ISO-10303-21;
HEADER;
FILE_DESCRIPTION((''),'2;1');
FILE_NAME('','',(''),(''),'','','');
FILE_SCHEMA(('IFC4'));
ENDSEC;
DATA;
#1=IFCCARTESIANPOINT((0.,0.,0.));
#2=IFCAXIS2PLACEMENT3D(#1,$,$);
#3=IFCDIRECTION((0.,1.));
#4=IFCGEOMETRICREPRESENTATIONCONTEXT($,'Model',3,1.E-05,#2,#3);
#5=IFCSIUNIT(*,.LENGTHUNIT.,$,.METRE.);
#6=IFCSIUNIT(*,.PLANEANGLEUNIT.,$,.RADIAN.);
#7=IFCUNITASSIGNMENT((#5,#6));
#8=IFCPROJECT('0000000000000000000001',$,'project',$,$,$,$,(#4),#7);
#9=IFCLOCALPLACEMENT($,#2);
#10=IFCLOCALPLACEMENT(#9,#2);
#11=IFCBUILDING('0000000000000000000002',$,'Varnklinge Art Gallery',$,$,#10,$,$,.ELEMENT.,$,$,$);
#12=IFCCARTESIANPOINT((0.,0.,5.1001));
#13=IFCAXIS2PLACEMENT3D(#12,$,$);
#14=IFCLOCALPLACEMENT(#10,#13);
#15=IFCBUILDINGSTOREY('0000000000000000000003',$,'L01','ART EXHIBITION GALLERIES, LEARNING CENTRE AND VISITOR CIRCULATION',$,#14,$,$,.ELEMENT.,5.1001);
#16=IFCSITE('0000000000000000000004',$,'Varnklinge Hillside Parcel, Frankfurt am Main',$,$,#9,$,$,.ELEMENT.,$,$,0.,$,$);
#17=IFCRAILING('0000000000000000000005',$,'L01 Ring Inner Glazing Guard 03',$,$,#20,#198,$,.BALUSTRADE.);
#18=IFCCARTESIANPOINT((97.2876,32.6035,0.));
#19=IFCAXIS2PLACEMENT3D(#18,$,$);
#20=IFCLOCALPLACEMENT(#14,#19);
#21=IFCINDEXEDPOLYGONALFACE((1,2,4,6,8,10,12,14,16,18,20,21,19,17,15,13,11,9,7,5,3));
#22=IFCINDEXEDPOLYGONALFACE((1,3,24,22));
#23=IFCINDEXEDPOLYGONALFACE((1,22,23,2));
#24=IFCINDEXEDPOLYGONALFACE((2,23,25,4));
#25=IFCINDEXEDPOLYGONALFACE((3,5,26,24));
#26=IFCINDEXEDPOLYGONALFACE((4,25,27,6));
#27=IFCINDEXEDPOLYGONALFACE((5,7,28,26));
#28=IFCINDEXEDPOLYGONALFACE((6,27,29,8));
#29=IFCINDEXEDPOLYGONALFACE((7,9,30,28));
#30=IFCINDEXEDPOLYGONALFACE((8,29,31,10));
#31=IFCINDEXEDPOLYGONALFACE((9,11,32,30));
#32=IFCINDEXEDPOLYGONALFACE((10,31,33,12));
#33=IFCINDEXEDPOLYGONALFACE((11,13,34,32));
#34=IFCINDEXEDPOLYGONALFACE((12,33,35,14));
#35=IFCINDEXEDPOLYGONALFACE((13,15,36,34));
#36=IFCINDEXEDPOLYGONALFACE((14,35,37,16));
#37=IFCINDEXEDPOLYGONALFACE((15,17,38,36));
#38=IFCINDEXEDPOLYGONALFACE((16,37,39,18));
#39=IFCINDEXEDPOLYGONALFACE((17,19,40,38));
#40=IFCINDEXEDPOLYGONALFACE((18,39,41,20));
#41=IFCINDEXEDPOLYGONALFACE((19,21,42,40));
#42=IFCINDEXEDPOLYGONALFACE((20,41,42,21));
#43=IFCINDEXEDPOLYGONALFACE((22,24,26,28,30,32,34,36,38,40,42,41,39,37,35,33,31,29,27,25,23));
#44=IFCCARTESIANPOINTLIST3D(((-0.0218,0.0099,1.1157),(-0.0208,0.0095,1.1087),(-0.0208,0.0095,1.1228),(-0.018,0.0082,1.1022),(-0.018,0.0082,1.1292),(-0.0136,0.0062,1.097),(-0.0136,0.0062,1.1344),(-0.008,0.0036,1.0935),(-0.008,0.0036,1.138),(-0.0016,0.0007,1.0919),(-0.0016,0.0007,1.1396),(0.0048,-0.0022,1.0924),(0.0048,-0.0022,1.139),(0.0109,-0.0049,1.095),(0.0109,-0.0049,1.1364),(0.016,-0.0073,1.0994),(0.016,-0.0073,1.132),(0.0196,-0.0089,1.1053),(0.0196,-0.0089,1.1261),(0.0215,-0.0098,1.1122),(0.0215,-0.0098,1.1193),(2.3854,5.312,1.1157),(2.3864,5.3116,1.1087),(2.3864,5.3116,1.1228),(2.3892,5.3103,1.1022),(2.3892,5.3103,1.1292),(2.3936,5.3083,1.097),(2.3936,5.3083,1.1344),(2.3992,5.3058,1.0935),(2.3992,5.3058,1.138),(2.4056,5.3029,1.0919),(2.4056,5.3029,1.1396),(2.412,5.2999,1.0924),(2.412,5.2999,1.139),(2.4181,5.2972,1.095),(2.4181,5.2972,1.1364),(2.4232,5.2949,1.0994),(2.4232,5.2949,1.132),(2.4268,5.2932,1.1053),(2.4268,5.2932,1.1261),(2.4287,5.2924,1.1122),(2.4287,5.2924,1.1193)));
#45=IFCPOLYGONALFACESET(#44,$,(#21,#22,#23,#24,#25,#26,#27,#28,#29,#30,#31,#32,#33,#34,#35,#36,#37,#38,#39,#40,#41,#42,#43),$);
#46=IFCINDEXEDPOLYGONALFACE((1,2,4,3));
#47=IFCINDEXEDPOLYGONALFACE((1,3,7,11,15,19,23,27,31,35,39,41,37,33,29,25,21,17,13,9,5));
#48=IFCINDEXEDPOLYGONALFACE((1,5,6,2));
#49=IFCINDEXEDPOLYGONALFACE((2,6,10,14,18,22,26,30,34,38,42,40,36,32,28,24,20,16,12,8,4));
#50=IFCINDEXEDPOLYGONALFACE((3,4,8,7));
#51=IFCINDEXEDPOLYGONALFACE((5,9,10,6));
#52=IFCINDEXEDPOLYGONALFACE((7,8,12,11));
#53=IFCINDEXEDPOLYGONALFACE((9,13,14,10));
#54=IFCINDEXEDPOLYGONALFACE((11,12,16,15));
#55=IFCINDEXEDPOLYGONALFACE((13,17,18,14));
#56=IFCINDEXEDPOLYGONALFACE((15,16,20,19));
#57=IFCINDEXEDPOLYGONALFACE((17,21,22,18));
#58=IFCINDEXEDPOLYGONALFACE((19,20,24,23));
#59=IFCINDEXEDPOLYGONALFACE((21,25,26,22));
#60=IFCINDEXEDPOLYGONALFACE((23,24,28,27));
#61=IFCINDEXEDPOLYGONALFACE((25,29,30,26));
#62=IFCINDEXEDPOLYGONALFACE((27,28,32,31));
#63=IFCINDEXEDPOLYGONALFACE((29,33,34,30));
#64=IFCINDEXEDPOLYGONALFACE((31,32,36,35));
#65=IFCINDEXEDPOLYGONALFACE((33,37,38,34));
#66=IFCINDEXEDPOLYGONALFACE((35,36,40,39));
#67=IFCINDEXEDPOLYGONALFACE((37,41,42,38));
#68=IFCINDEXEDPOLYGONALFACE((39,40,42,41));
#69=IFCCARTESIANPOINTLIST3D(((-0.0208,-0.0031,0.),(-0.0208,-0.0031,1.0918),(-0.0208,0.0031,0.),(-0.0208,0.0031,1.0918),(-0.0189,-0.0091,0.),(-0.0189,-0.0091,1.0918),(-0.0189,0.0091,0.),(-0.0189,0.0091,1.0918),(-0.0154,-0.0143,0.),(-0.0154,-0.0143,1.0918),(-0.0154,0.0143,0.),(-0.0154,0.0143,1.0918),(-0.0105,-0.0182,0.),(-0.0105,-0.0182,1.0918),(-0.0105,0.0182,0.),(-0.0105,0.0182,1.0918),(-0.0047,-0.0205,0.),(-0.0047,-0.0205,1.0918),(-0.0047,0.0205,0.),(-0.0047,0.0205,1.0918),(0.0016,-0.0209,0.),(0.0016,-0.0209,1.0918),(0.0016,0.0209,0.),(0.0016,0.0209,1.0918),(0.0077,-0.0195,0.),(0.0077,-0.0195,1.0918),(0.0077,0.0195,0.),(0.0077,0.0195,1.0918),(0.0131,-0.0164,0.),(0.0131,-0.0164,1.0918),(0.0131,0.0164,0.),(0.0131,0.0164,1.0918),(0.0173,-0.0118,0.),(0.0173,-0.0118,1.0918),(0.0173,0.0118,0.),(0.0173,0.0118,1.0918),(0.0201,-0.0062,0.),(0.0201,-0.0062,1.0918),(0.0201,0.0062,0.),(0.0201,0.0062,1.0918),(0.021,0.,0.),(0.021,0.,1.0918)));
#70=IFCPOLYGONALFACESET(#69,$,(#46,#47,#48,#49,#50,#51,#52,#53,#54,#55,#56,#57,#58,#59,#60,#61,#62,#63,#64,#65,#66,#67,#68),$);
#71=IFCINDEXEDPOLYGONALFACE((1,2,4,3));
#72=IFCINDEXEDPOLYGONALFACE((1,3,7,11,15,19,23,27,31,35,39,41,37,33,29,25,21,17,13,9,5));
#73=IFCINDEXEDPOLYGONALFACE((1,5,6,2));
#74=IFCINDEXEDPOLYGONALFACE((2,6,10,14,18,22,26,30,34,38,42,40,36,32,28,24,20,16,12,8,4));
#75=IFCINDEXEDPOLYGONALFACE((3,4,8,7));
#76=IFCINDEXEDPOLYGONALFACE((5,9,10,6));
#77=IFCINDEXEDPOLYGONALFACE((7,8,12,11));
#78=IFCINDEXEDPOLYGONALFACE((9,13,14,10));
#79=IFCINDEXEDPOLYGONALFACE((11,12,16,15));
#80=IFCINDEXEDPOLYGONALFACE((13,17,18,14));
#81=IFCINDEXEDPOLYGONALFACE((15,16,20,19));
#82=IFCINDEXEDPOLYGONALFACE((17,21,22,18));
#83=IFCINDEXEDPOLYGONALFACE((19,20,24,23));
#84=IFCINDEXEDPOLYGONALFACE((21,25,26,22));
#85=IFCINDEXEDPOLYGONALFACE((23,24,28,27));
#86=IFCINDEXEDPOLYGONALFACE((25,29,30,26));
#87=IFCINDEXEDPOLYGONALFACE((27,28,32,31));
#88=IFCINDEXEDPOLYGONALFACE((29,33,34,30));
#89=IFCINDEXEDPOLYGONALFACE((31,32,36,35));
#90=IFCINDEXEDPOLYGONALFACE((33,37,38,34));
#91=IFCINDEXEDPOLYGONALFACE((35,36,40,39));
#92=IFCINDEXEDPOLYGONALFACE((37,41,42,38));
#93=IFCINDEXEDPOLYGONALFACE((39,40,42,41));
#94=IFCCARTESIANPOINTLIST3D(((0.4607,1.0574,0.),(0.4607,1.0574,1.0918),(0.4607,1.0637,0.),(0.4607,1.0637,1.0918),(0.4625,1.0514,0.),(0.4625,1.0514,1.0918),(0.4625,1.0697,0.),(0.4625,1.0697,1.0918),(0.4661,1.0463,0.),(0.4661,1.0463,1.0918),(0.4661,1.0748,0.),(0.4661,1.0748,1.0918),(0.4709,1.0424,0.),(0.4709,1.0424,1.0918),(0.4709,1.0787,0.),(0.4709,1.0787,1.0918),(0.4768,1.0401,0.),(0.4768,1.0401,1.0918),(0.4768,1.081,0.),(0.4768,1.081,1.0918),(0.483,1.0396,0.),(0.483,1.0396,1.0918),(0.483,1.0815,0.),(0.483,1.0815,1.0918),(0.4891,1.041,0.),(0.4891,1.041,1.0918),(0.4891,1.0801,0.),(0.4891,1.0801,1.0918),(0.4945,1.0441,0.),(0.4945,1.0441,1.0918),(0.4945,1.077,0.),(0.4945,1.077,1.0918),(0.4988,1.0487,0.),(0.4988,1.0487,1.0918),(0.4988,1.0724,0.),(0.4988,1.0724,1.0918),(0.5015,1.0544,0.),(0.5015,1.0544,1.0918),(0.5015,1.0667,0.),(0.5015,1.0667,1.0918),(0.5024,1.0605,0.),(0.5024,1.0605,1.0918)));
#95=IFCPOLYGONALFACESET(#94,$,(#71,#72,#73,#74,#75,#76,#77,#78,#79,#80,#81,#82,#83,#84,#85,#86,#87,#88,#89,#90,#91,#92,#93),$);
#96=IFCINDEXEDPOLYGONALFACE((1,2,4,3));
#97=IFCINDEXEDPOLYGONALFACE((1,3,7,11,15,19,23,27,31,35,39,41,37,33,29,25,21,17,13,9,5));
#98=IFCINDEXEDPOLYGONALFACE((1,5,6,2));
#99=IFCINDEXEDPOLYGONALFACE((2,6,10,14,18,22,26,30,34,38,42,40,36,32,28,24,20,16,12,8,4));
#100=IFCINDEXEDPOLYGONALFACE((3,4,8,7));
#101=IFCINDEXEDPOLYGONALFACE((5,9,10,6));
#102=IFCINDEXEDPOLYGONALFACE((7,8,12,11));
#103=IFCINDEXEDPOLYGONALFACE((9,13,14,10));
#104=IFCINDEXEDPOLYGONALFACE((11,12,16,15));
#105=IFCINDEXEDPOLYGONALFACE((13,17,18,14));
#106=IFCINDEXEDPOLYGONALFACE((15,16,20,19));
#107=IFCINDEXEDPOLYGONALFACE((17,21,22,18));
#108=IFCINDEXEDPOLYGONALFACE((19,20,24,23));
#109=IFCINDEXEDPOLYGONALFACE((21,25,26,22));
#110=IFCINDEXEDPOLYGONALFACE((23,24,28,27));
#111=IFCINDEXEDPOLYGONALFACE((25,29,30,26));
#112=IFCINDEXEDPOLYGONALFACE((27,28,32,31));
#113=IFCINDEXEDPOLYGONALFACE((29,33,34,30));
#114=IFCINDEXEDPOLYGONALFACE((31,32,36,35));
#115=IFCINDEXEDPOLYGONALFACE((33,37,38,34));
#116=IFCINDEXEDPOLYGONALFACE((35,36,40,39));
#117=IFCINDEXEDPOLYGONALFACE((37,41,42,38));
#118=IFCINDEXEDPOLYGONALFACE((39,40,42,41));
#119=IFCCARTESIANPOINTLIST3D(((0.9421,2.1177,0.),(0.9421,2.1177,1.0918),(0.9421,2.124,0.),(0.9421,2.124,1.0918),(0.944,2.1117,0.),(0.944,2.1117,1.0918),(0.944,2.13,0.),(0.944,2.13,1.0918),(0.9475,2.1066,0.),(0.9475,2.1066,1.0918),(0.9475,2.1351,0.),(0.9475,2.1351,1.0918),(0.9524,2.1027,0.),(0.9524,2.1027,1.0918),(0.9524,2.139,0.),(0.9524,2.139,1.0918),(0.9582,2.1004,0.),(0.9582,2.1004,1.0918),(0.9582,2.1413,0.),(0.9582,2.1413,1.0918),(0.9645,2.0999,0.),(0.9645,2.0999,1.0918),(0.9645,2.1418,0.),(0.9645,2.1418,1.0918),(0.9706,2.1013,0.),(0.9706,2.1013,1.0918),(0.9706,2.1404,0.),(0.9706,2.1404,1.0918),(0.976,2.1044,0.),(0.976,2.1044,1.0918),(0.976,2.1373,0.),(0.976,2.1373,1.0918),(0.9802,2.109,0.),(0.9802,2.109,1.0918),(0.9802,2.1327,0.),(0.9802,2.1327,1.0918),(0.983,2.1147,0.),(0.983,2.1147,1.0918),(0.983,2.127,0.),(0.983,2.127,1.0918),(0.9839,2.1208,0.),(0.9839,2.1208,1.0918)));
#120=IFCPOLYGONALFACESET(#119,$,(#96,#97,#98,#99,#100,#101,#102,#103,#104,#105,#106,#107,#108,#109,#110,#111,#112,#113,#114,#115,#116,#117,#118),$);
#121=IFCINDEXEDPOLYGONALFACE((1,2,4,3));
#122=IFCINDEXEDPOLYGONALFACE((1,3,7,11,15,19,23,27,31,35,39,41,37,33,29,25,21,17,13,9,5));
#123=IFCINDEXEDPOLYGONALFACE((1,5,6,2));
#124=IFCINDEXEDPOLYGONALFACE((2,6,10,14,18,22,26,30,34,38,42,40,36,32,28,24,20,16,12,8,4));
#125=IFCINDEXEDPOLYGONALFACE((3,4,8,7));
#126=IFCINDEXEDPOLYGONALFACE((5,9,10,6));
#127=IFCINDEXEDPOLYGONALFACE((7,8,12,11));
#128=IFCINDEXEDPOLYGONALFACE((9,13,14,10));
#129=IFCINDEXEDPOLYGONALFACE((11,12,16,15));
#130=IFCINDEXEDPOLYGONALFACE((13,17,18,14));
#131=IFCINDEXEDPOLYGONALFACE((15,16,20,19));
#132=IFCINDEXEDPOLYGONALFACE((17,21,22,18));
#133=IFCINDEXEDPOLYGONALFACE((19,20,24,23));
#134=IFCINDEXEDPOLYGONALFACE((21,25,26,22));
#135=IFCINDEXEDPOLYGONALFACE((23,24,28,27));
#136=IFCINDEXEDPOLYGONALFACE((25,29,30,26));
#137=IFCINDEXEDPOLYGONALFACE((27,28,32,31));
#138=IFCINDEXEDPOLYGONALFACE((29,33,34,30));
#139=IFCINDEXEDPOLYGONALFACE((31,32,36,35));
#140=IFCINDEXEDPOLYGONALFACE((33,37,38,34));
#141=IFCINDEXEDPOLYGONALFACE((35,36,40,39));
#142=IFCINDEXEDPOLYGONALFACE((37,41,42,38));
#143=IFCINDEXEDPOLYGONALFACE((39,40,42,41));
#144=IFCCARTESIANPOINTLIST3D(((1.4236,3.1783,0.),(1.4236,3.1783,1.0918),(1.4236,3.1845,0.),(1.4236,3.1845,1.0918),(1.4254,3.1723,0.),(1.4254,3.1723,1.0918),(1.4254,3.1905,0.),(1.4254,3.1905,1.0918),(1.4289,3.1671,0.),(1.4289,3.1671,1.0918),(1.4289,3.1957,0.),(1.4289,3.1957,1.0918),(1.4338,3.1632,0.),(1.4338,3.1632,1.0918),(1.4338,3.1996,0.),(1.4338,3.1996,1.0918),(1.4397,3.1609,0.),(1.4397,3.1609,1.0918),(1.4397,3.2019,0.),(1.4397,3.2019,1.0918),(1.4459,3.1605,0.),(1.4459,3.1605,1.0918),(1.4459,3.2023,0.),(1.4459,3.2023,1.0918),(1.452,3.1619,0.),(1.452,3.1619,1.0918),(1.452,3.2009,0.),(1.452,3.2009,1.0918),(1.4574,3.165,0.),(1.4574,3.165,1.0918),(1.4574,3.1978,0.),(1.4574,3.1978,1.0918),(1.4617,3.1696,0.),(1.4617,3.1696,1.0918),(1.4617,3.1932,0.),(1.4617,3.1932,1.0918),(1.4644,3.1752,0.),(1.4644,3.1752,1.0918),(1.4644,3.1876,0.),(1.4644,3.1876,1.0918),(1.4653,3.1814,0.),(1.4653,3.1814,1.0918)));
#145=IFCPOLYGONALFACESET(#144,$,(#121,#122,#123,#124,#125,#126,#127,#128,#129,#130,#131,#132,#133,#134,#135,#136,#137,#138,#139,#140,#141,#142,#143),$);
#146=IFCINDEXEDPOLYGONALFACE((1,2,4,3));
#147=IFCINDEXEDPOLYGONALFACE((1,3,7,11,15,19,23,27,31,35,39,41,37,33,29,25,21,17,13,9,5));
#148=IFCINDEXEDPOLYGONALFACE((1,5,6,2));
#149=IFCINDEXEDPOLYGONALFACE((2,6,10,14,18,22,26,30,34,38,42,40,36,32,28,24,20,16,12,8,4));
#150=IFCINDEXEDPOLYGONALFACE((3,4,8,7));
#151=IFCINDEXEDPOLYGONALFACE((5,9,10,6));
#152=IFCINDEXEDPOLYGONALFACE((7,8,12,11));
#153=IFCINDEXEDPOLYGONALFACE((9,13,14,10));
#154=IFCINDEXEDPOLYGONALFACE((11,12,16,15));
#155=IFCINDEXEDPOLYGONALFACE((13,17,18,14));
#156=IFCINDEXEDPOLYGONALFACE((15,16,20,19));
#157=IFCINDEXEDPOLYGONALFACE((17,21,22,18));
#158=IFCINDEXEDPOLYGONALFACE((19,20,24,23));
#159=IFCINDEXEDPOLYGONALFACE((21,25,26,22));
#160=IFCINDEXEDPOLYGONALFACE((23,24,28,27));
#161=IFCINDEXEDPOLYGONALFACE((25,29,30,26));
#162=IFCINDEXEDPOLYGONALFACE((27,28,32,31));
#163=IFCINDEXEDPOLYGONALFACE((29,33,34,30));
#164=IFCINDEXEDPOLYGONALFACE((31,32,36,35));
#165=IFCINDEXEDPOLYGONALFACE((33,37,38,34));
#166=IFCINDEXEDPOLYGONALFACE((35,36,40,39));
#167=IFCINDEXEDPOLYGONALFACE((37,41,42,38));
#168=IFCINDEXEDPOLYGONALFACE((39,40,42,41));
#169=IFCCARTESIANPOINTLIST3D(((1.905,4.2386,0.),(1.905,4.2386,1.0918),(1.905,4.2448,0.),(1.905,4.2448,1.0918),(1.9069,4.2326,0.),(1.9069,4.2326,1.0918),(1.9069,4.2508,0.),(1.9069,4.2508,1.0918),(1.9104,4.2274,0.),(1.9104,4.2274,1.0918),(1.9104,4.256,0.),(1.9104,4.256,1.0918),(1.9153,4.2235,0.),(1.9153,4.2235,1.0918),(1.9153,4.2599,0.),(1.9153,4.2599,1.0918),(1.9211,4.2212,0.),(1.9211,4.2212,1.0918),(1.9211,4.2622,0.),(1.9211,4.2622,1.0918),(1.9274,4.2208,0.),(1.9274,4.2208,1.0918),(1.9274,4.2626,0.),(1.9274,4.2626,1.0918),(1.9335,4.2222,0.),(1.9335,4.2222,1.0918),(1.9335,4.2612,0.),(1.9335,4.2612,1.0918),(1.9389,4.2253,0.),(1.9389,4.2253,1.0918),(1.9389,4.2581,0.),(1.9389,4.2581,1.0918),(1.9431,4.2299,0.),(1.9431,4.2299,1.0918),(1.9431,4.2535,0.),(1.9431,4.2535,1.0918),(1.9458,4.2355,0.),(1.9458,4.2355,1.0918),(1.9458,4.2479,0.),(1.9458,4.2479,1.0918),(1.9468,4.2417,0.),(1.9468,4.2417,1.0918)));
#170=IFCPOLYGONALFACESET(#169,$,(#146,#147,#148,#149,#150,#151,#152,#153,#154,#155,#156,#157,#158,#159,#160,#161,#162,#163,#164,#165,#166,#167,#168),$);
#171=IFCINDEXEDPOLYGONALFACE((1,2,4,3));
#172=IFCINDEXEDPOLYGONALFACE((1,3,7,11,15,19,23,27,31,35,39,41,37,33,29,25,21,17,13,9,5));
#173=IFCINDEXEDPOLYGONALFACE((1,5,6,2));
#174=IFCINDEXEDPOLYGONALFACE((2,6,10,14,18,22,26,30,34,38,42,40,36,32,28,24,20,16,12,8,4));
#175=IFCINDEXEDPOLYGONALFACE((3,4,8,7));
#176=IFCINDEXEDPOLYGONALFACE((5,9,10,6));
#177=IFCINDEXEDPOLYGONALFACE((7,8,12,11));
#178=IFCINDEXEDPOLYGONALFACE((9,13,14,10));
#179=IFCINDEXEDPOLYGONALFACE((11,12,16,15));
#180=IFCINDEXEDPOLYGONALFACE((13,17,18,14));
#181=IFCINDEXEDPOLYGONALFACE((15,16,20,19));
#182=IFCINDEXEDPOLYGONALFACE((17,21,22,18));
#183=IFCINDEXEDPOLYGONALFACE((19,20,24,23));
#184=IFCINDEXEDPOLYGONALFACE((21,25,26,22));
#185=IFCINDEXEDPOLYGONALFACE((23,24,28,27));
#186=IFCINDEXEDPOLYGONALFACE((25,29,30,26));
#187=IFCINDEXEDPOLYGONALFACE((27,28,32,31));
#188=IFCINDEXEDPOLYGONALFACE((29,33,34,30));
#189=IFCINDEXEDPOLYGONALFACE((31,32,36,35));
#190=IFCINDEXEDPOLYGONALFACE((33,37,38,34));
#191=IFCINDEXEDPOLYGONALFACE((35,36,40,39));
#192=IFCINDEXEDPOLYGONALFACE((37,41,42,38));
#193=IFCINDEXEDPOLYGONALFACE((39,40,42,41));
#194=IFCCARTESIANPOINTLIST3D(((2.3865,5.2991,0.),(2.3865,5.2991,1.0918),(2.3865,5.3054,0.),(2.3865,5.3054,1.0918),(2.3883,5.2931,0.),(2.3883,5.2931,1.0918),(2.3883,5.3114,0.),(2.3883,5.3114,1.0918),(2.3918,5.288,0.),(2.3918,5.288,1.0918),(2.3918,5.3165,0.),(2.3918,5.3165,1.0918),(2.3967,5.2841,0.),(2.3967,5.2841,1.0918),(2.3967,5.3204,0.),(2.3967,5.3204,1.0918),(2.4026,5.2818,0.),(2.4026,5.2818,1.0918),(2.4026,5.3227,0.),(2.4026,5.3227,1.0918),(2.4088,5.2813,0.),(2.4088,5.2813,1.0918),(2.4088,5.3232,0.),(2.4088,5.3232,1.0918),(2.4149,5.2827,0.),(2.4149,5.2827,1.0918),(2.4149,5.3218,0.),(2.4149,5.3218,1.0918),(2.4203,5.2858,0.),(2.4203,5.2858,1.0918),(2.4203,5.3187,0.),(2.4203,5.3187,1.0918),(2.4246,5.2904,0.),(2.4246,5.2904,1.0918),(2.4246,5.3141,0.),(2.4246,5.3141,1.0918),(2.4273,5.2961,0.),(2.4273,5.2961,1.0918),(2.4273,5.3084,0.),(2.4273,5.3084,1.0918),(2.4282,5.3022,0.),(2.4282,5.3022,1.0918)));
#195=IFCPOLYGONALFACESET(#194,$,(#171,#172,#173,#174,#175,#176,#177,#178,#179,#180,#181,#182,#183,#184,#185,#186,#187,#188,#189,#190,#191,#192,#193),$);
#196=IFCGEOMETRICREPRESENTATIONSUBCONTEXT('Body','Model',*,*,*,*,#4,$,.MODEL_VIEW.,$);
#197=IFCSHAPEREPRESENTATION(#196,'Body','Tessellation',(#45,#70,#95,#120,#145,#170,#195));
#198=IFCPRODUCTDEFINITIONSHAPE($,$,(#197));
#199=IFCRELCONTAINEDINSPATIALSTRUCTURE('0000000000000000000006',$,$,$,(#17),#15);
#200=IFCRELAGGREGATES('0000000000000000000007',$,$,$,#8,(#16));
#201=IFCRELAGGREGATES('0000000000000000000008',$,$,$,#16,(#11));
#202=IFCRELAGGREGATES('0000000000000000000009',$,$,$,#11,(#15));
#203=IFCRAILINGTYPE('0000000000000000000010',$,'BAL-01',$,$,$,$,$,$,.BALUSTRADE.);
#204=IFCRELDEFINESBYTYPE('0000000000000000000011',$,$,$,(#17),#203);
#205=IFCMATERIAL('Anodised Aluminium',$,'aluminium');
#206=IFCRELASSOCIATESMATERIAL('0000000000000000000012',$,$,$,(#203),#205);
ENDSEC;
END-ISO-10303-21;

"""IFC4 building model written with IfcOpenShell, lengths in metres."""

from ifc_helpers import new_model, si_unit, direction, frame, origin, origin_2d, place, context, subcontext, project, spatial, circle, extrude, material, type_object, element, save


model = new_model("IFC4")

# Units and contexts
model_context = context("Model", 3, precision=1e-05, world=origin(), true_north=direction((0.0, 1.0)))
body_context = subcontext(model_context, "Body", "Model", "MODEL_VIEW")
ifc_project = project(units=[si_unit("LENGTHUNIT", "METRE"), si_unit("PLANEANGLEUNIT", "RADIAN")], contexts=[model_context])

# Site, building, storey
site_placement = place(None, origin())
site = spatial("IfcSite", under=ifc_project, at=site_placement, Name="Varnklinge Hillside Parcel, Frankfurt am Main", CompositionType="ELEMENT", RefElevation=0.0)
building_placement = place(site_placement, origin())
building = spatial("IfcBuilding", under=site, at=building_placement, Name="Varnklinge Art Gallery", CompositionType="ELEMENT")
storey_placement = place(building_placement, frame((0.0, 0.0, 5.1001)))
storey = spatial("IfcBuildingStorey", under=building, at=storey_placement, Name="L01", Description="ART EXHIBITION GALLERIES, LEARNING CENTRE AND VISITOR CIRCULATION", CompositionType="ELEMENT", Elevation=5.1001)

# Railing
ifc_material_1 = material(Name="Anodised Aluminium", Category="aluminium")
railing_type = type_object("IfcRailingType", Name="BAL-01", PredefinedType="BALUSTRADE", material=ifc_material_1)
railing_placement = place(storey_placement, frame((97.2876, 32.6035, 0.0)))
element("IfcRailing", 1, at=railing_placement, inside=storey, type_object=railing_type, Name="L01 Ring Inner Glazing Guard 03", PredefinedType="BALUSTRADE", context=body_context, shape_type="SweptSolid", body=[
    extrude(circle(Radius=0.0239, at=origin_2d()), frame((0.0, 0.0, 1.1157), z_axis=(0.413392, 0.910553, 0.0), x_axis=(-0.910553, 0.413392, 0.0)), (0.0, 0.0, 1.0), 5.823),
    extrude(circle(Radius=0.021, at=origin_2d()), origin(), (0.0, 0.0, 1.0), 1.0918),
    extrude(circle(Radius=0.021, at=origin_2d()), frame((0.4814, 1.0605, 0.0)), (0.0, 0.0, 1.0), 1.0918),
    extrude(circle(Radius=0.021, at=origin_2d()), frame((0.9629, 2.1208, 0.0)), (0.0, 0.0, 1.0), 1.0918),
    extrude(circle(Radius=0.021, at=origin_2d()), frame((1.4443, 3.1814, 0.0)), (0.0, 0.0, 1.0), 1.0918),
    extrude(circle(Radius=0.021, at=origin_2d()), frame((1.9258, 4.2417, 0.0)), (0.0, 0.0, 1.0), 1.0918),
    extrude(circle(Radius=0.021, at=origin_2d()), frame((2.4072, 5.3022, 0.0)), (0.0, 0.0, 1.0), 1.0918),
])

save(model, "model.ifc")
